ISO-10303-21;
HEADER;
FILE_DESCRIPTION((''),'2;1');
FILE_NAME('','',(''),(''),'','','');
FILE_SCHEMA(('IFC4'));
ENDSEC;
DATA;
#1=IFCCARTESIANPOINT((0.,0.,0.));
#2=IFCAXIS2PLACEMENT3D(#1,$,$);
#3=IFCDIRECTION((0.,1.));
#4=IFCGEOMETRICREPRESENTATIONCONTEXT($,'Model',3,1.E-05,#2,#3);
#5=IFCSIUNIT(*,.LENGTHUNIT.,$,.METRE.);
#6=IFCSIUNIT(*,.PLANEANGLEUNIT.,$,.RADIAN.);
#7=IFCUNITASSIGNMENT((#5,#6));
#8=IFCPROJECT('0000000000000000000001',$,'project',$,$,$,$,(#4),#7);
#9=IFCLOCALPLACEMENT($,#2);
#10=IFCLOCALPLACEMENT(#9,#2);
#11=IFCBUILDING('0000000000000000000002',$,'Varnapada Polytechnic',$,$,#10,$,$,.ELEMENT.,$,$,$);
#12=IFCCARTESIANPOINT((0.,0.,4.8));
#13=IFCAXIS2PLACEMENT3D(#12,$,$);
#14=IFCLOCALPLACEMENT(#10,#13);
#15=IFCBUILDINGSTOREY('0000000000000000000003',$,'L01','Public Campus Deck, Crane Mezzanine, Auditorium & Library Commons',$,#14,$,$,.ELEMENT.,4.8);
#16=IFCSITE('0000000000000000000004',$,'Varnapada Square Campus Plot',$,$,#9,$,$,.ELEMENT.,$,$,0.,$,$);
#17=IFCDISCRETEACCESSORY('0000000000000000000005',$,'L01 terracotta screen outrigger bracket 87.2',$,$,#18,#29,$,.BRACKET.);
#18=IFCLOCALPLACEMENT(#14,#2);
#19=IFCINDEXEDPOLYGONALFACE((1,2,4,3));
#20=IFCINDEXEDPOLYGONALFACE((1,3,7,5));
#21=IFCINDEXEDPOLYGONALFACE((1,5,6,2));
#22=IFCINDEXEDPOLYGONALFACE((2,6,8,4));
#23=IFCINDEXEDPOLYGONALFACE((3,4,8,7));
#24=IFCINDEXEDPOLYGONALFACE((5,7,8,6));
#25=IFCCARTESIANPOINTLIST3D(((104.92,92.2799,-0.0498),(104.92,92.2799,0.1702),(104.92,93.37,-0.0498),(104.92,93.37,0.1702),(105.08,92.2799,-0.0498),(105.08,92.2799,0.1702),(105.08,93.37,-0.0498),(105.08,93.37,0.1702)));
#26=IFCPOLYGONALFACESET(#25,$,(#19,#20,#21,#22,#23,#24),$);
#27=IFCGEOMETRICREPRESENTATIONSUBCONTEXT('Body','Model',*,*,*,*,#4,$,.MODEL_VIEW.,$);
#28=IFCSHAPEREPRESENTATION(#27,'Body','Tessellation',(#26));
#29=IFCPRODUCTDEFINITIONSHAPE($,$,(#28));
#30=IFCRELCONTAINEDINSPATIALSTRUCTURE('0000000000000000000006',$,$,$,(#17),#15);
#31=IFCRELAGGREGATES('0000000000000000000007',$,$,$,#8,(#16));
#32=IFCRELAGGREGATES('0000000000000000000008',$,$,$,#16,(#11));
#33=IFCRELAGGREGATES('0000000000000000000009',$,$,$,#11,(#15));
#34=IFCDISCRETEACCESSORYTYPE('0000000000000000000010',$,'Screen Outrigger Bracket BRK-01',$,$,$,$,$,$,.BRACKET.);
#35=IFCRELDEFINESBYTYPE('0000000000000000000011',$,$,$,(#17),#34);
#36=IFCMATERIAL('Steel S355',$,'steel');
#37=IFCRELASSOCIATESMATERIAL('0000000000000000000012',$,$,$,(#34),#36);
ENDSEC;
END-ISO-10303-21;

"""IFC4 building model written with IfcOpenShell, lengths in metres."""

from ifc_helpers import new_model, si_unit, direction, frame, origin, origin_2d, place, context, subcontext, project, spatial, rectangle, extrude, material, type_object, element, save


model = new_model("IFC4")

# Units and contexts
model_context = context("Model", 3, precision=1e-05, world=origin(), true_north=direction((0.0, 1.0)))
body_context = subcontext(model_context, "Body", "Model", "MODEL_VIEW")
ifc_project = project(units=[si_unit("LENGTHUNIT", "METRE"), si_unit("PLANEANGLEUNIT", "RADIAN")], contexts=[model_context])

# Site, building, storey
site_placement = place(None, origin())
site = spatial("IfcSite", under=ifc_project, at=site_placement, Name="Varnapada Square Campus Plot", CompositionType="ELEMENT", RefElevation=0.0)
building_placement = place(site_placement, origin())
building = spatial("IfcBuilding", under=site, at=building_placement, Name="Varnapada Polytechnic", CompositionType="ELEMENT")
storey_placement = place(building_placement, frame((0.0, 0.0, 4.8)))
storey = spatial("IfcBuildingStorey", under=building, at=storey_placement, Name="L01", Description="Public Campus Deck, Crane Mezzanine, Auditorium & Library Commons", CompositionType="ELEMENT", Elevation=4.8)

# Discrete accessory
ifc_material_1 = material(Name="Steel S355", Category="steel")
discrete_accessory_type = type_object("IfcDiscreteAccessoryType", Name="Screen Outrigger Bracket BRK-01", PredefinedType="BRACKET", material=ifc_material_1)
for number, where, z_axis, x_axis, name in (
    (1, (105.0, 92.825, -0.0498), (0.0, 0.0, 1.0), (1.0, 0.0, 0.0), "L01 terracotta screen outrigger bracket 87.2"),
):
    element("IfcDiscreteAccessory", number, at=place(storey_placement, frame(where, z_axis=z_axis, x_axis=x_axis)), inside=storey, type_object=discrete_accessory_type, Name=name, PredefinedType="BRACKET", context=body_context, shape_type="SweptSolid", body=[
        extrude(rectangle(XDim=0.1599, YDim=1.0901, at=origin_2d()), origin(), (0.0, 0.0, 1.0), 0.22),
    ])

save(model, "model.ifc")
